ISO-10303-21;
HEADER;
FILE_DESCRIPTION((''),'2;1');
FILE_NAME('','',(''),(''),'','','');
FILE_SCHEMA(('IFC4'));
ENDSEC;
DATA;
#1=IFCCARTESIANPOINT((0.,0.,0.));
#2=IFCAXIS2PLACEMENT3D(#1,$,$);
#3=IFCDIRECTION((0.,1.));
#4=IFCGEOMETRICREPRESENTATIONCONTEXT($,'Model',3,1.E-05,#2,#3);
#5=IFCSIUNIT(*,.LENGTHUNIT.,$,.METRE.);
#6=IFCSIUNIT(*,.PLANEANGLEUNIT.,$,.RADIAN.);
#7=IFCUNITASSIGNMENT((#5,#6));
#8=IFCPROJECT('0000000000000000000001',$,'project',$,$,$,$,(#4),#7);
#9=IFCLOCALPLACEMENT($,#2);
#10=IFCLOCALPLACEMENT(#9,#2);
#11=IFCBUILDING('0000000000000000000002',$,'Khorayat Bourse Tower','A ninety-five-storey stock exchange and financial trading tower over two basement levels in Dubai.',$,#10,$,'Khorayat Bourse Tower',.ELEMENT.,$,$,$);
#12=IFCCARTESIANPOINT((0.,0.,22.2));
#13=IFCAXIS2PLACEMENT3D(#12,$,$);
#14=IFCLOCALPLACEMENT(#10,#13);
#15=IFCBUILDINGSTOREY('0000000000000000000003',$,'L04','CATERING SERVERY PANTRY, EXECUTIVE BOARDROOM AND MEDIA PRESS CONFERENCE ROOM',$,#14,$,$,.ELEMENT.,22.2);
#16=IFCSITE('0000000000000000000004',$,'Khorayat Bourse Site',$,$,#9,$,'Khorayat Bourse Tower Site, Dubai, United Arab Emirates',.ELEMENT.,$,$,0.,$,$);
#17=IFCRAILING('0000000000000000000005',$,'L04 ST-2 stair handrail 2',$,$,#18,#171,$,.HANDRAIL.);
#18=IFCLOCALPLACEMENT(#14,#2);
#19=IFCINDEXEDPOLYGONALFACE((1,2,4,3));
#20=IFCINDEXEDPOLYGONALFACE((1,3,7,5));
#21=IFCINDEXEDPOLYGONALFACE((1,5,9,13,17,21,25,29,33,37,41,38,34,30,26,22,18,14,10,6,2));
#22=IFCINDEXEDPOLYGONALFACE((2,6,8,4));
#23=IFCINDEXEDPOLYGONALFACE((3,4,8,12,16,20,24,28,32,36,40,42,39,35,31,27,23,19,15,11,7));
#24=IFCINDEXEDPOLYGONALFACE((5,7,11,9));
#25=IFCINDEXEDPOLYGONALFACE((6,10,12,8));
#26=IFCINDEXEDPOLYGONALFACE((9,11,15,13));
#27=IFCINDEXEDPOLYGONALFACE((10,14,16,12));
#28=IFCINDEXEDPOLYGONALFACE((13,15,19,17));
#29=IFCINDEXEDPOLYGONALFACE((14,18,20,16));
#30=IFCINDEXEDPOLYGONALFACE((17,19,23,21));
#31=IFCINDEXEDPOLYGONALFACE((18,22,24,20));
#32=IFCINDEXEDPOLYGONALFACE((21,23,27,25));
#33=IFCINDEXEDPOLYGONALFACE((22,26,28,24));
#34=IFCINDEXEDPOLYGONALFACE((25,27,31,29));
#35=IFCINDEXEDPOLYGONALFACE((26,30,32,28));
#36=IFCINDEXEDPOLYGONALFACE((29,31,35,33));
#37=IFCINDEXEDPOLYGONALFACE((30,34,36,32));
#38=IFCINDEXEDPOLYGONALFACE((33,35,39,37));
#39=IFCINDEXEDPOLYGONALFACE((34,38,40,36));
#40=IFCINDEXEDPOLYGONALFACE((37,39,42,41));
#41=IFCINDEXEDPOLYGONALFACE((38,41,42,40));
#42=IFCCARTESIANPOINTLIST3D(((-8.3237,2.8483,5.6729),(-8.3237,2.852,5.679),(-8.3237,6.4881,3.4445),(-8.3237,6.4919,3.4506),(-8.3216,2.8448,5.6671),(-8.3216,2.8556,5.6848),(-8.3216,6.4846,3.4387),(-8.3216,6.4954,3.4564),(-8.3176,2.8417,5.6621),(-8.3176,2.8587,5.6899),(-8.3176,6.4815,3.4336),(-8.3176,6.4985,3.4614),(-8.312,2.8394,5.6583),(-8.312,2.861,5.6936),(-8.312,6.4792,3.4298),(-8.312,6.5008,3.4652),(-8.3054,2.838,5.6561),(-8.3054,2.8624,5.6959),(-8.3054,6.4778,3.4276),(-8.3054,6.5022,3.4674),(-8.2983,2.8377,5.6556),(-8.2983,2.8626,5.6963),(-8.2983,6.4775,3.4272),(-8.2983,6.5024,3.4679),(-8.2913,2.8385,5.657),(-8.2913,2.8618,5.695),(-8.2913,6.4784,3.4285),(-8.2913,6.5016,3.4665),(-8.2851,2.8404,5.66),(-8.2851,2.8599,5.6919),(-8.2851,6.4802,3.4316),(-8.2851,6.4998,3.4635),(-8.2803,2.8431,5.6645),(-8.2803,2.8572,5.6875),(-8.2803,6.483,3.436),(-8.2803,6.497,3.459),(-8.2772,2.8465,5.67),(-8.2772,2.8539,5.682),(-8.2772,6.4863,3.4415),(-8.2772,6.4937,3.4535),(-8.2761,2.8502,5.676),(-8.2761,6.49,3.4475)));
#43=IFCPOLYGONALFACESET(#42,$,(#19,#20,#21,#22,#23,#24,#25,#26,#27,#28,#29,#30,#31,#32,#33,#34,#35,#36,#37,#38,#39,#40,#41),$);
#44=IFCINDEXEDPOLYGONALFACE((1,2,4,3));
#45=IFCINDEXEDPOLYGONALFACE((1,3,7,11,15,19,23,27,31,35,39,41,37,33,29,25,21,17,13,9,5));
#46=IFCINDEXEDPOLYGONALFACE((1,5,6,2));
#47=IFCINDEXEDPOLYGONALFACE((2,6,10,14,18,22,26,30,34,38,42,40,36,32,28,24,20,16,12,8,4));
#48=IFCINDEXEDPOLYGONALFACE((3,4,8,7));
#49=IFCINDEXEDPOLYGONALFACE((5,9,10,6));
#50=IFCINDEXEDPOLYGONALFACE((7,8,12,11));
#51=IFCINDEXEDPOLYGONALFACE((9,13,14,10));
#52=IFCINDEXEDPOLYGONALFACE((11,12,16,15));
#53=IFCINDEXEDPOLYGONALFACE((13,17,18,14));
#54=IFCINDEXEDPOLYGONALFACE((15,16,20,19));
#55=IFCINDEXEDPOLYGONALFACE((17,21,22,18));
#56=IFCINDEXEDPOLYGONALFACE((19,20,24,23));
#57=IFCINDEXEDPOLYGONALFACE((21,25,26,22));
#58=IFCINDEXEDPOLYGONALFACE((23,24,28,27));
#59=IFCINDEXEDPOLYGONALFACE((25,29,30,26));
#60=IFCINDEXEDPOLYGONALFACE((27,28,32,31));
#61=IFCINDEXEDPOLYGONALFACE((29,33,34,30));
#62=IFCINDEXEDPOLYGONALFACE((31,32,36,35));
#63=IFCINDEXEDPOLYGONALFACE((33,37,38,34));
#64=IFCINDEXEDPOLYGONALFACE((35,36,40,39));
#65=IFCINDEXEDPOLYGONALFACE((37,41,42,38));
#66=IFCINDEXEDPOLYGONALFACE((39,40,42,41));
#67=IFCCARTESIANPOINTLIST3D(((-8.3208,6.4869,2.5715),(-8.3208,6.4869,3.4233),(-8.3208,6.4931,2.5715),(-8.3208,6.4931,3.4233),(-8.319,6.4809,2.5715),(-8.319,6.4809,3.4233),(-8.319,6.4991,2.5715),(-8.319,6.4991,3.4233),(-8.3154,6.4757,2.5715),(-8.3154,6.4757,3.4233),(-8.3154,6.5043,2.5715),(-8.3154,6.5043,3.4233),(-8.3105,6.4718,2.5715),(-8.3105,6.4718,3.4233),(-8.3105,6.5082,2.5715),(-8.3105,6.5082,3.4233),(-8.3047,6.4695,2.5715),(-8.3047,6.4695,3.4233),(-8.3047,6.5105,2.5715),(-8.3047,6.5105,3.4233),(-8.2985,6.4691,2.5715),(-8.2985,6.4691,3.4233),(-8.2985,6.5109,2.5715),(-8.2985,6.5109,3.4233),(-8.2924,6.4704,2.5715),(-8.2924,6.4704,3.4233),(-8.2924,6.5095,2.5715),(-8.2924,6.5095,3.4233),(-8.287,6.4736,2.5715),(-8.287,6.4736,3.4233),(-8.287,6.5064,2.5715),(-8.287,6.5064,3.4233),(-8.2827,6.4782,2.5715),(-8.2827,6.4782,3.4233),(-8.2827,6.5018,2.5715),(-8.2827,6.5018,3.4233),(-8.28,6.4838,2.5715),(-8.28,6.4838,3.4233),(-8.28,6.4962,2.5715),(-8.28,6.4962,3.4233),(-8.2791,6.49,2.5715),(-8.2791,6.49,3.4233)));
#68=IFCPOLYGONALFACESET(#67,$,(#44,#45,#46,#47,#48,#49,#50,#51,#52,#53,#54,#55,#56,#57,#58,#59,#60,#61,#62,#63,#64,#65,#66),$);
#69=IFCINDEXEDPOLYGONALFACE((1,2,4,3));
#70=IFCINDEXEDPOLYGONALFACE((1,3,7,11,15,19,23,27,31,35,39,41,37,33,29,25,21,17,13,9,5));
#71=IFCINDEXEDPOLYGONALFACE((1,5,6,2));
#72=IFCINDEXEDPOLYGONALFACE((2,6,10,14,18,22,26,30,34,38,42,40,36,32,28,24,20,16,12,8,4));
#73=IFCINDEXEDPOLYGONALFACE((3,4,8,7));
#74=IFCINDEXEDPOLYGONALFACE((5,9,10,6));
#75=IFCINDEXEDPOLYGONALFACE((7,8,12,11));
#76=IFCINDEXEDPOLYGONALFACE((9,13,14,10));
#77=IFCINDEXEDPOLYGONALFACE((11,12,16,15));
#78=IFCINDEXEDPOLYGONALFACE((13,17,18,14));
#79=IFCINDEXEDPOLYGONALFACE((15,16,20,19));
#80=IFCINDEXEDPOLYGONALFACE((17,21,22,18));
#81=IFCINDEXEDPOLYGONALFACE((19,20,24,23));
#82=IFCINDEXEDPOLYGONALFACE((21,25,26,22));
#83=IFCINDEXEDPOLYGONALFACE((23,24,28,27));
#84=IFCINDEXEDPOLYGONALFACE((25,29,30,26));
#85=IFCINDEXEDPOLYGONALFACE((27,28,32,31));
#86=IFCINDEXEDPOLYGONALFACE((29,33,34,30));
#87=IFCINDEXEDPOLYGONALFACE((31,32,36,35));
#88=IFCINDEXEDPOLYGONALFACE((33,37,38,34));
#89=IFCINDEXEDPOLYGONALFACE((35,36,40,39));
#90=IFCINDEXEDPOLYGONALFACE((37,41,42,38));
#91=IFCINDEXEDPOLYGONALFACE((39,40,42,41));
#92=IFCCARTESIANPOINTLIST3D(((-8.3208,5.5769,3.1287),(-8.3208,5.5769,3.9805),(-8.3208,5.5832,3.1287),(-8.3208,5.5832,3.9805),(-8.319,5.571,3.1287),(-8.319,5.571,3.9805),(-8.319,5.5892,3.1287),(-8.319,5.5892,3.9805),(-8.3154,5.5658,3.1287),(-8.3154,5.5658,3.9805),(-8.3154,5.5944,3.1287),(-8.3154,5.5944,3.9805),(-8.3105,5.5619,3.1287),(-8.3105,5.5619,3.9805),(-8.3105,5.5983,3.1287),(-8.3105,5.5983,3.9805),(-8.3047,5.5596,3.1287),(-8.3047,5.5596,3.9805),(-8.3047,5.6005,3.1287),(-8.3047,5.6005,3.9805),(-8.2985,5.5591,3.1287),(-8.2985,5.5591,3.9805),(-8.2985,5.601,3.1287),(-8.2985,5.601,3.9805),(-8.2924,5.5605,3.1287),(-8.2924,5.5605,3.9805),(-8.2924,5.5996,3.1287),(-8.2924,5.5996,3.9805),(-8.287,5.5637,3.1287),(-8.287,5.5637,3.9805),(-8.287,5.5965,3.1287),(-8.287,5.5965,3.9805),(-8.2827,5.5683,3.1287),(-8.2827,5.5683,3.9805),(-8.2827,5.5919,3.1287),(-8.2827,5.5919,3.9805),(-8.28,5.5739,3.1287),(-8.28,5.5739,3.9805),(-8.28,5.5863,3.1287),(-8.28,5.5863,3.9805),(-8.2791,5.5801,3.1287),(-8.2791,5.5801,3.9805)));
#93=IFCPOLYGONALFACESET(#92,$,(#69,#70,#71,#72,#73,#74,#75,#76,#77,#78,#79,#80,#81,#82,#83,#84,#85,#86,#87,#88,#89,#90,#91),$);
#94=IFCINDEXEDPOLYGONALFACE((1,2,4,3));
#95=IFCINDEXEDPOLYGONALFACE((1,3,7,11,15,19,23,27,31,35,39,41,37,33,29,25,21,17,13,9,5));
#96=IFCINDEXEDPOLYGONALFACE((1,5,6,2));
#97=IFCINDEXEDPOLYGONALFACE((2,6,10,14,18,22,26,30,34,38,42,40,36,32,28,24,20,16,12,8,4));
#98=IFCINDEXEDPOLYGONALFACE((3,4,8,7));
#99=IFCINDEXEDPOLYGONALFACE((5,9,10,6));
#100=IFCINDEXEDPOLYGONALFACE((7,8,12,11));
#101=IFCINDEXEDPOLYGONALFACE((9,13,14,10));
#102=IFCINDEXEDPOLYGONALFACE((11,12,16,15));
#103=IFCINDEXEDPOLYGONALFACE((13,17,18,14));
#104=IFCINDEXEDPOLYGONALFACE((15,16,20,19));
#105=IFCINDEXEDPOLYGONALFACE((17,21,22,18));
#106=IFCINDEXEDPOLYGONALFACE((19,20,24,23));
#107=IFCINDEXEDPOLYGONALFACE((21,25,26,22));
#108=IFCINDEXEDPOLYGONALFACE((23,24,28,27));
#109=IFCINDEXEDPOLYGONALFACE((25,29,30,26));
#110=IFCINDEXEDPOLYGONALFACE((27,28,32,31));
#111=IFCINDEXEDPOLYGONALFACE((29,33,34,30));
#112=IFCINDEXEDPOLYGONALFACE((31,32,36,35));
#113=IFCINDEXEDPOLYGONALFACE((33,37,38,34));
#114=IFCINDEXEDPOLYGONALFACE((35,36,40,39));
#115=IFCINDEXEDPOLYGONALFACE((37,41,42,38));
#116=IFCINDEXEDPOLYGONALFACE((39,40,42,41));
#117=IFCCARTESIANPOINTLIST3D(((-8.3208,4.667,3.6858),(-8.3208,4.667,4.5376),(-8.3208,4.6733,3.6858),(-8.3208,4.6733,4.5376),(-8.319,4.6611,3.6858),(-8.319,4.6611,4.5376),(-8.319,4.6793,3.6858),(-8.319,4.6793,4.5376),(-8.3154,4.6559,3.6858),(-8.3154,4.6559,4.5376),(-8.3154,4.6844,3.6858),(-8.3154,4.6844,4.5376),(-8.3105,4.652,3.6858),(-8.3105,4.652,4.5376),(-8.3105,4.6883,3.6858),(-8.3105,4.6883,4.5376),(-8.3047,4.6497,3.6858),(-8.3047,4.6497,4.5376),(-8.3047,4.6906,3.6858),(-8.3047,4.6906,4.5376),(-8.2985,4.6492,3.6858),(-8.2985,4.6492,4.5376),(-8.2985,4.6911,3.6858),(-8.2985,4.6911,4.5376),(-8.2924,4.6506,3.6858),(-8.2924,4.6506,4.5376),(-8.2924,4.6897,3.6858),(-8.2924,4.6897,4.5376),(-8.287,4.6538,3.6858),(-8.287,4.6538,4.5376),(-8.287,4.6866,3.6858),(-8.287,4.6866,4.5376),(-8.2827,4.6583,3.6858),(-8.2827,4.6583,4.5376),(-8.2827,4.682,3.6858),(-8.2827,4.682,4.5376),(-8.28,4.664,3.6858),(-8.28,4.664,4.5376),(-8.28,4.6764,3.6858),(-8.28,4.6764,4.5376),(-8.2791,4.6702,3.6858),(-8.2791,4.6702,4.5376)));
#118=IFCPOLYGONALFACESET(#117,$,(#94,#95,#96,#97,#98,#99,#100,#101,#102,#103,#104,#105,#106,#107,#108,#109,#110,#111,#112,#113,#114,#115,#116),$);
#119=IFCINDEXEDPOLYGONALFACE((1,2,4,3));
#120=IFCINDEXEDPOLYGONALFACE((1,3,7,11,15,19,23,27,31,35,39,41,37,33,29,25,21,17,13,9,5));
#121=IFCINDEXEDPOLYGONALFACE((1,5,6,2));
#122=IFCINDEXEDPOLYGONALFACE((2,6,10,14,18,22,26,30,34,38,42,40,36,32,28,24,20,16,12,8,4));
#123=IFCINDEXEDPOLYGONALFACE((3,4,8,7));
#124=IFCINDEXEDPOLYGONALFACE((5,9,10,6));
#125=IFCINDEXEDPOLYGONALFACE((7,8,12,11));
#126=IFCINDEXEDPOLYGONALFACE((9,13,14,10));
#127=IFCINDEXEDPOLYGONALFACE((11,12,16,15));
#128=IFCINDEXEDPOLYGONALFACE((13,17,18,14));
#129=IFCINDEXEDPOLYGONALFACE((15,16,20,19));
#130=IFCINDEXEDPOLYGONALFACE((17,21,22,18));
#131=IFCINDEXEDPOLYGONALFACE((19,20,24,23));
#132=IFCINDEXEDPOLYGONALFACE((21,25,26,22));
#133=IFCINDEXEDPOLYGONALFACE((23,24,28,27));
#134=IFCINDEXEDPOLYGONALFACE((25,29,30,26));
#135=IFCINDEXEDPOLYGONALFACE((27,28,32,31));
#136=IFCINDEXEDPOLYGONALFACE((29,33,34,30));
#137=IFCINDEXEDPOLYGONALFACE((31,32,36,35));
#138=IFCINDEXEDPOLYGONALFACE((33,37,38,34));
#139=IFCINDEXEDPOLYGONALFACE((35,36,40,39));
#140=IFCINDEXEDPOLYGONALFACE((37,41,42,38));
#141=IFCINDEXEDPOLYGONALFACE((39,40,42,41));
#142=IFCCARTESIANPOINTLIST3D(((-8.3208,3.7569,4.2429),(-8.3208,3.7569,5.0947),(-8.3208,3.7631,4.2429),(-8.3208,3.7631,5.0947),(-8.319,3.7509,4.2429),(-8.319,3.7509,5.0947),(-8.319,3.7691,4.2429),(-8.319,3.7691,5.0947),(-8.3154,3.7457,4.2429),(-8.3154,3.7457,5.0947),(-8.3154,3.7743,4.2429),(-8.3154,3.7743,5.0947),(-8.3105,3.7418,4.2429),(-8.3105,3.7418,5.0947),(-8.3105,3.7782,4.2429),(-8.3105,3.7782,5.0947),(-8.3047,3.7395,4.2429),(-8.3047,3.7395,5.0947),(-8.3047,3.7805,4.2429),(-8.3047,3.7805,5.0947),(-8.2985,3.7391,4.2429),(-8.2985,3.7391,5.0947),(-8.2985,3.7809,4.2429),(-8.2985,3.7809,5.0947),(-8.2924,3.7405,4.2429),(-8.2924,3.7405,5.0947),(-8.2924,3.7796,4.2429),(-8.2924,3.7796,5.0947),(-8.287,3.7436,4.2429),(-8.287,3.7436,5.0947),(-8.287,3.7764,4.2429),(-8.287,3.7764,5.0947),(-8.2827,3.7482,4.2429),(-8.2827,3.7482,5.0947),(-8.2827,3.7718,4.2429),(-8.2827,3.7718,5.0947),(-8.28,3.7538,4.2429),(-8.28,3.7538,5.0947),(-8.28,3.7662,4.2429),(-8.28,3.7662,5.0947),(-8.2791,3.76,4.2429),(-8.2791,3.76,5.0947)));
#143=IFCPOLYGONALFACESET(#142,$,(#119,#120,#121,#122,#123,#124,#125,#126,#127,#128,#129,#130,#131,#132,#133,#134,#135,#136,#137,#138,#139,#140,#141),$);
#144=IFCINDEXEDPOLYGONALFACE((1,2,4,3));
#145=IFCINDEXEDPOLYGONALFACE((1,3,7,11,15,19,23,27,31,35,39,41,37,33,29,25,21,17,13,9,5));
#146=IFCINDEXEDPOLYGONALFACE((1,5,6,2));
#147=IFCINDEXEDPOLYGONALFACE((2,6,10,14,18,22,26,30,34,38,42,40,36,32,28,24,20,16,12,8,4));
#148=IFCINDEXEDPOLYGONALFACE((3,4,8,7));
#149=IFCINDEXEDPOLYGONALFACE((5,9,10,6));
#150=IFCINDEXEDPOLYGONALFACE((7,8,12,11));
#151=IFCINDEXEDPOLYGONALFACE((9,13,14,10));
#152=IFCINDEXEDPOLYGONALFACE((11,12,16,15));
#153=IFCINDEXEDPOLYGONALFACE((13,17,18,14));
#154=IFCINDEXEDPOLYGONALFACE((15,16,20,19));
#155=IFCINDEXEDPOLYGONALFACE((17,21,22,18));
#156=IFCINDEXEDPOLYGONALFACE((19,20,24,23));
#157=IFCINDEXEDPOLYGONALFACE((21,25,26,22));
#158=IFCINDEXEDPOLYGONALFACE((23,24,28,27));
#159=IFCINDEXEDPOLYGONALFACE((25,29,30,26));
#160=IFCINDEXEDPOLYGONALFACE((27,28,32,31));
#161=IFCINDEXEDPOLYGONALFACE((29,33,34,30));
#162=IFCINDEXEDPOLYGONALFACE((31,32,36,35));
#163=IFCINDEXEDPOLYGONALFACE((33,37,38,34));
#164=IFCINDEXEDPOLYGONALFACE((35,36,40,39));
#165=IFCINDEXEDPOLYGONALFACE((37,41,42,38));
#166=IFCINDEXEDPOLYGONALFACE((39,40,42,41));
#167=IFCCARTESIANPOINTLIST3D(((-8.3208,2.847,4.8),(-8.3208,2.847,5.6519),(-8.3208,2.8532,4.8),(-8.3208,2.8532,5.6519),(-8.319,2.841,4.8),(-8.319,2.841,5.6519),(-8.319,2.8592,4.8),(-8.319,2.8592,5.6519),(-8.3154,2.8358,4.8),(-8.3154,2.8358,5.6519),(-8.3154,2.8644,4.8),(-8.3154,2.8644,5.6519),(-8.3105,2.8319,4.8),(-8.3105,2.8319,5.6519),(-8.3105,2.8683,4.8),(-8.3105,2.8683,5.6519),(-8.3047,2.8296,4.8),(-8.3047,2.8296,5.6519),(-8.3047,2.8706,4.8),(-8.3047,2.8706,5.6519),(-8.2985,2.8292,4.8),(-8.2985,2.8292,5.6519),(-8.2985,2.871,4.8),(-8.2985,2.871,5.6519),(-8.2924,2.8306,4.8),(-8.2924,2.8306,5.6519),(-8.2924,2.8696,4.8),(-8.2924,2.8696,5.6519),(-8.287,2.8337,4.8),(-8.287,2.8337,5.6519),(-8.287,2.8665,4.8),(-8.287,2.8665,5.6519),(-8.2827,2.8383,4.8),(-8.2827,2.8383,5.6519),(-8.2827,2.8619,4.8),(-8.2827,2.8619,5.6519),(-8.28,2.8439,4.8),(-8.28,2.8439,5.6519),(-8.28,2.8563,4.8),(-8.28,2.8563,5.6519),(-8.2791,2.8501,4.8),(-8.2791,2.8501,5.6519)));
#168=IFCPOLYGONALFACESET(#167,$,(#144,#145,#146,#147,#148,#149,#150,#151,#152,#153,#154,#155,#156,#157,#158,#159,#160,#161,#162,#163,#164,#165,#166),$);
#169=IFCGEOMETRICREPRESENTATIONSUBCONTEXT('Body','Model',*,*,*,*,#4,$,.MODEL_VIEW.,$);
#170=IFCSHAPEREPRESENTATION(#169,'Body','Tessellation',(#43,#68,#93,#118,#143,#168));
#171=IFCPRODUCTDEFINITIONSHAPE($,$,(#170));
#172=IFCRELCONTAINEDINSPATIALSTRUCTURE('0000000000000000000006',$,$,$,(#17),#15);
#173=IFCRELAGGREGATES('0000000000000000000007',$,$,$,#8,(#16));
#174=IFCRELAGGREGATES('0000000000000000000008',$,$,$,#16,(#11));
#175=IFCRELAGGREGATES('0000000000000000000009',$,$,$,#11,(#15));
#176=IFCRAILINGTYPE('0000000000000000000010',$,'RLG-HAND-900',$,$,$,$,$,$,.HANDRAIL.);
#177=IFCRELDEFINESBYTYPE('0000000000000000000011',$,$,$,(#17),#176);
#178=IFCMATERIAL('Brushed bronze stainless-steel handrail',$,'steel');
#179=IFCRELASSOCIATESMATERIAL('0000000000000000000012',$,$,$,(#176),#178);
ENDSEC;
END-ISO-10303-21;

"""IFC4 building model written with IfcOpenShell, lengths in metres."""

from ifc_helpers import new_model, si_unit, direction, frame, origin, origin_2d, place, context, subcontext, project, spatial, circle, extrude, source, transform, mapped, material, type_object, element, save


model = new_model("IFC4")

# Units and contexts
model_context = context("Model", 3, precision=1e-05, world=origin(), true_north=direction((0.0, 1.0)))
body_context = subcontext(model_context, "Body", "Model", "MODEL_VIEW")
ifc_project = project(units=[si_unit("LENGTHUNIT", "METRE"), si_unit("PLANEANGLEUNIT", "RADIAN")], contexts=[model_context])

# Site, building, storey
site_placement = place(None, origin())
site = spatial("IfcSite", under=ifc_project, at=site_placement, Name="Khorayat Bourse Site", LongName="Khorayat Bourse Tower Site, Dubai, United Arab Emirates", CompositionType="ELEMENT", RefElevation=0.0)
building_placement = place(site_placement, origin())
building = spatial("IfcBuilding", under=site, at=building_placement, Name="Khorayat Bourse Tower", Description="A ninety-five-storey stock exchange and financial trading tower over two basement levels in Dubai.", LongName="Khorayat Bourse Tower", CompositionType="ELEMENT")
storey_placement = place(building_placement, frame((0.0, 0.0, 22.2)))
storey = spatial("IfcBuildingStorey", under=building, at=storey_placement, Name="L04", Description="CATERING SERVERY PANTRY, EXECUTIVE BOARDROOM AND MEDIA PRESS CONFERENCE ROOM", CompositionType="ELEMENT", Elevation=22.2)

# Railing
ifc_material_1 = material(Name="Brushed bronze stainless-steel handrail", Category="steel")
railing_type_1 = type_object("IfcRailingType", Name="RLG-HAND-900", PredefinedType="HANDRAIL", material=ifc_material_1)
shared_shape_1 = source(origin(), body_context, "Body", "SweptSolid", [
    extrude(circle(Radius=0.0239, at=origin_2d()), frame((0.0, 0.0, 0.876), z_axis=(0.0, -0.85285, 0.522156), x_axis=(1.0, 0.0, 0.0)), (0.0, 0.0, 1.0), 4.2678),
    extrude(circle(Radius=0.021, at=origin_2d()), origin(), (0.0, 0.0, 1.0), 0.8518),
    extrude(circle(Radius=0.021, at=origin_2d()), frame((0.0, -0.9099, 0.5571)), (0.0, 0.0, 1.0), 0.8518),
    extrude(circle(Radius=0.021, at=origin_2d()), frame((0.0, -1.8198, 1.1143)), (0.0, 0.0, 1.0), 0.8518),
    extrude(circle(Radius=0.021, at=origin_2d()), frame((0.0, -2.73, 1.6714)), (0.0, 0.0, 1.0), 0.8518),
    extrude(circle(Radius=0.021, at=origin_2d()), frame((0.0, -3.6399, 2.2285)), (0.0, 0.0, 1.0), 0.8518),
])
railing_1_placement = place(storey_placement, frame((-8.3, 6.49, 2.5715)))
element("IfcRailing", 1, at=railing_1_placement, inside=storey, type_object=railing_type_1, Name="L04 ST-2 stair handrail 2", PredefinedType="HANDRAIL", context=body_context, shape_type="MappedRepresentation", body=[
    mapped(shared_shape_1, transform((0.0, 0.0, 0.0), scale=1.0)),
])

save(model, "model.ifc")
